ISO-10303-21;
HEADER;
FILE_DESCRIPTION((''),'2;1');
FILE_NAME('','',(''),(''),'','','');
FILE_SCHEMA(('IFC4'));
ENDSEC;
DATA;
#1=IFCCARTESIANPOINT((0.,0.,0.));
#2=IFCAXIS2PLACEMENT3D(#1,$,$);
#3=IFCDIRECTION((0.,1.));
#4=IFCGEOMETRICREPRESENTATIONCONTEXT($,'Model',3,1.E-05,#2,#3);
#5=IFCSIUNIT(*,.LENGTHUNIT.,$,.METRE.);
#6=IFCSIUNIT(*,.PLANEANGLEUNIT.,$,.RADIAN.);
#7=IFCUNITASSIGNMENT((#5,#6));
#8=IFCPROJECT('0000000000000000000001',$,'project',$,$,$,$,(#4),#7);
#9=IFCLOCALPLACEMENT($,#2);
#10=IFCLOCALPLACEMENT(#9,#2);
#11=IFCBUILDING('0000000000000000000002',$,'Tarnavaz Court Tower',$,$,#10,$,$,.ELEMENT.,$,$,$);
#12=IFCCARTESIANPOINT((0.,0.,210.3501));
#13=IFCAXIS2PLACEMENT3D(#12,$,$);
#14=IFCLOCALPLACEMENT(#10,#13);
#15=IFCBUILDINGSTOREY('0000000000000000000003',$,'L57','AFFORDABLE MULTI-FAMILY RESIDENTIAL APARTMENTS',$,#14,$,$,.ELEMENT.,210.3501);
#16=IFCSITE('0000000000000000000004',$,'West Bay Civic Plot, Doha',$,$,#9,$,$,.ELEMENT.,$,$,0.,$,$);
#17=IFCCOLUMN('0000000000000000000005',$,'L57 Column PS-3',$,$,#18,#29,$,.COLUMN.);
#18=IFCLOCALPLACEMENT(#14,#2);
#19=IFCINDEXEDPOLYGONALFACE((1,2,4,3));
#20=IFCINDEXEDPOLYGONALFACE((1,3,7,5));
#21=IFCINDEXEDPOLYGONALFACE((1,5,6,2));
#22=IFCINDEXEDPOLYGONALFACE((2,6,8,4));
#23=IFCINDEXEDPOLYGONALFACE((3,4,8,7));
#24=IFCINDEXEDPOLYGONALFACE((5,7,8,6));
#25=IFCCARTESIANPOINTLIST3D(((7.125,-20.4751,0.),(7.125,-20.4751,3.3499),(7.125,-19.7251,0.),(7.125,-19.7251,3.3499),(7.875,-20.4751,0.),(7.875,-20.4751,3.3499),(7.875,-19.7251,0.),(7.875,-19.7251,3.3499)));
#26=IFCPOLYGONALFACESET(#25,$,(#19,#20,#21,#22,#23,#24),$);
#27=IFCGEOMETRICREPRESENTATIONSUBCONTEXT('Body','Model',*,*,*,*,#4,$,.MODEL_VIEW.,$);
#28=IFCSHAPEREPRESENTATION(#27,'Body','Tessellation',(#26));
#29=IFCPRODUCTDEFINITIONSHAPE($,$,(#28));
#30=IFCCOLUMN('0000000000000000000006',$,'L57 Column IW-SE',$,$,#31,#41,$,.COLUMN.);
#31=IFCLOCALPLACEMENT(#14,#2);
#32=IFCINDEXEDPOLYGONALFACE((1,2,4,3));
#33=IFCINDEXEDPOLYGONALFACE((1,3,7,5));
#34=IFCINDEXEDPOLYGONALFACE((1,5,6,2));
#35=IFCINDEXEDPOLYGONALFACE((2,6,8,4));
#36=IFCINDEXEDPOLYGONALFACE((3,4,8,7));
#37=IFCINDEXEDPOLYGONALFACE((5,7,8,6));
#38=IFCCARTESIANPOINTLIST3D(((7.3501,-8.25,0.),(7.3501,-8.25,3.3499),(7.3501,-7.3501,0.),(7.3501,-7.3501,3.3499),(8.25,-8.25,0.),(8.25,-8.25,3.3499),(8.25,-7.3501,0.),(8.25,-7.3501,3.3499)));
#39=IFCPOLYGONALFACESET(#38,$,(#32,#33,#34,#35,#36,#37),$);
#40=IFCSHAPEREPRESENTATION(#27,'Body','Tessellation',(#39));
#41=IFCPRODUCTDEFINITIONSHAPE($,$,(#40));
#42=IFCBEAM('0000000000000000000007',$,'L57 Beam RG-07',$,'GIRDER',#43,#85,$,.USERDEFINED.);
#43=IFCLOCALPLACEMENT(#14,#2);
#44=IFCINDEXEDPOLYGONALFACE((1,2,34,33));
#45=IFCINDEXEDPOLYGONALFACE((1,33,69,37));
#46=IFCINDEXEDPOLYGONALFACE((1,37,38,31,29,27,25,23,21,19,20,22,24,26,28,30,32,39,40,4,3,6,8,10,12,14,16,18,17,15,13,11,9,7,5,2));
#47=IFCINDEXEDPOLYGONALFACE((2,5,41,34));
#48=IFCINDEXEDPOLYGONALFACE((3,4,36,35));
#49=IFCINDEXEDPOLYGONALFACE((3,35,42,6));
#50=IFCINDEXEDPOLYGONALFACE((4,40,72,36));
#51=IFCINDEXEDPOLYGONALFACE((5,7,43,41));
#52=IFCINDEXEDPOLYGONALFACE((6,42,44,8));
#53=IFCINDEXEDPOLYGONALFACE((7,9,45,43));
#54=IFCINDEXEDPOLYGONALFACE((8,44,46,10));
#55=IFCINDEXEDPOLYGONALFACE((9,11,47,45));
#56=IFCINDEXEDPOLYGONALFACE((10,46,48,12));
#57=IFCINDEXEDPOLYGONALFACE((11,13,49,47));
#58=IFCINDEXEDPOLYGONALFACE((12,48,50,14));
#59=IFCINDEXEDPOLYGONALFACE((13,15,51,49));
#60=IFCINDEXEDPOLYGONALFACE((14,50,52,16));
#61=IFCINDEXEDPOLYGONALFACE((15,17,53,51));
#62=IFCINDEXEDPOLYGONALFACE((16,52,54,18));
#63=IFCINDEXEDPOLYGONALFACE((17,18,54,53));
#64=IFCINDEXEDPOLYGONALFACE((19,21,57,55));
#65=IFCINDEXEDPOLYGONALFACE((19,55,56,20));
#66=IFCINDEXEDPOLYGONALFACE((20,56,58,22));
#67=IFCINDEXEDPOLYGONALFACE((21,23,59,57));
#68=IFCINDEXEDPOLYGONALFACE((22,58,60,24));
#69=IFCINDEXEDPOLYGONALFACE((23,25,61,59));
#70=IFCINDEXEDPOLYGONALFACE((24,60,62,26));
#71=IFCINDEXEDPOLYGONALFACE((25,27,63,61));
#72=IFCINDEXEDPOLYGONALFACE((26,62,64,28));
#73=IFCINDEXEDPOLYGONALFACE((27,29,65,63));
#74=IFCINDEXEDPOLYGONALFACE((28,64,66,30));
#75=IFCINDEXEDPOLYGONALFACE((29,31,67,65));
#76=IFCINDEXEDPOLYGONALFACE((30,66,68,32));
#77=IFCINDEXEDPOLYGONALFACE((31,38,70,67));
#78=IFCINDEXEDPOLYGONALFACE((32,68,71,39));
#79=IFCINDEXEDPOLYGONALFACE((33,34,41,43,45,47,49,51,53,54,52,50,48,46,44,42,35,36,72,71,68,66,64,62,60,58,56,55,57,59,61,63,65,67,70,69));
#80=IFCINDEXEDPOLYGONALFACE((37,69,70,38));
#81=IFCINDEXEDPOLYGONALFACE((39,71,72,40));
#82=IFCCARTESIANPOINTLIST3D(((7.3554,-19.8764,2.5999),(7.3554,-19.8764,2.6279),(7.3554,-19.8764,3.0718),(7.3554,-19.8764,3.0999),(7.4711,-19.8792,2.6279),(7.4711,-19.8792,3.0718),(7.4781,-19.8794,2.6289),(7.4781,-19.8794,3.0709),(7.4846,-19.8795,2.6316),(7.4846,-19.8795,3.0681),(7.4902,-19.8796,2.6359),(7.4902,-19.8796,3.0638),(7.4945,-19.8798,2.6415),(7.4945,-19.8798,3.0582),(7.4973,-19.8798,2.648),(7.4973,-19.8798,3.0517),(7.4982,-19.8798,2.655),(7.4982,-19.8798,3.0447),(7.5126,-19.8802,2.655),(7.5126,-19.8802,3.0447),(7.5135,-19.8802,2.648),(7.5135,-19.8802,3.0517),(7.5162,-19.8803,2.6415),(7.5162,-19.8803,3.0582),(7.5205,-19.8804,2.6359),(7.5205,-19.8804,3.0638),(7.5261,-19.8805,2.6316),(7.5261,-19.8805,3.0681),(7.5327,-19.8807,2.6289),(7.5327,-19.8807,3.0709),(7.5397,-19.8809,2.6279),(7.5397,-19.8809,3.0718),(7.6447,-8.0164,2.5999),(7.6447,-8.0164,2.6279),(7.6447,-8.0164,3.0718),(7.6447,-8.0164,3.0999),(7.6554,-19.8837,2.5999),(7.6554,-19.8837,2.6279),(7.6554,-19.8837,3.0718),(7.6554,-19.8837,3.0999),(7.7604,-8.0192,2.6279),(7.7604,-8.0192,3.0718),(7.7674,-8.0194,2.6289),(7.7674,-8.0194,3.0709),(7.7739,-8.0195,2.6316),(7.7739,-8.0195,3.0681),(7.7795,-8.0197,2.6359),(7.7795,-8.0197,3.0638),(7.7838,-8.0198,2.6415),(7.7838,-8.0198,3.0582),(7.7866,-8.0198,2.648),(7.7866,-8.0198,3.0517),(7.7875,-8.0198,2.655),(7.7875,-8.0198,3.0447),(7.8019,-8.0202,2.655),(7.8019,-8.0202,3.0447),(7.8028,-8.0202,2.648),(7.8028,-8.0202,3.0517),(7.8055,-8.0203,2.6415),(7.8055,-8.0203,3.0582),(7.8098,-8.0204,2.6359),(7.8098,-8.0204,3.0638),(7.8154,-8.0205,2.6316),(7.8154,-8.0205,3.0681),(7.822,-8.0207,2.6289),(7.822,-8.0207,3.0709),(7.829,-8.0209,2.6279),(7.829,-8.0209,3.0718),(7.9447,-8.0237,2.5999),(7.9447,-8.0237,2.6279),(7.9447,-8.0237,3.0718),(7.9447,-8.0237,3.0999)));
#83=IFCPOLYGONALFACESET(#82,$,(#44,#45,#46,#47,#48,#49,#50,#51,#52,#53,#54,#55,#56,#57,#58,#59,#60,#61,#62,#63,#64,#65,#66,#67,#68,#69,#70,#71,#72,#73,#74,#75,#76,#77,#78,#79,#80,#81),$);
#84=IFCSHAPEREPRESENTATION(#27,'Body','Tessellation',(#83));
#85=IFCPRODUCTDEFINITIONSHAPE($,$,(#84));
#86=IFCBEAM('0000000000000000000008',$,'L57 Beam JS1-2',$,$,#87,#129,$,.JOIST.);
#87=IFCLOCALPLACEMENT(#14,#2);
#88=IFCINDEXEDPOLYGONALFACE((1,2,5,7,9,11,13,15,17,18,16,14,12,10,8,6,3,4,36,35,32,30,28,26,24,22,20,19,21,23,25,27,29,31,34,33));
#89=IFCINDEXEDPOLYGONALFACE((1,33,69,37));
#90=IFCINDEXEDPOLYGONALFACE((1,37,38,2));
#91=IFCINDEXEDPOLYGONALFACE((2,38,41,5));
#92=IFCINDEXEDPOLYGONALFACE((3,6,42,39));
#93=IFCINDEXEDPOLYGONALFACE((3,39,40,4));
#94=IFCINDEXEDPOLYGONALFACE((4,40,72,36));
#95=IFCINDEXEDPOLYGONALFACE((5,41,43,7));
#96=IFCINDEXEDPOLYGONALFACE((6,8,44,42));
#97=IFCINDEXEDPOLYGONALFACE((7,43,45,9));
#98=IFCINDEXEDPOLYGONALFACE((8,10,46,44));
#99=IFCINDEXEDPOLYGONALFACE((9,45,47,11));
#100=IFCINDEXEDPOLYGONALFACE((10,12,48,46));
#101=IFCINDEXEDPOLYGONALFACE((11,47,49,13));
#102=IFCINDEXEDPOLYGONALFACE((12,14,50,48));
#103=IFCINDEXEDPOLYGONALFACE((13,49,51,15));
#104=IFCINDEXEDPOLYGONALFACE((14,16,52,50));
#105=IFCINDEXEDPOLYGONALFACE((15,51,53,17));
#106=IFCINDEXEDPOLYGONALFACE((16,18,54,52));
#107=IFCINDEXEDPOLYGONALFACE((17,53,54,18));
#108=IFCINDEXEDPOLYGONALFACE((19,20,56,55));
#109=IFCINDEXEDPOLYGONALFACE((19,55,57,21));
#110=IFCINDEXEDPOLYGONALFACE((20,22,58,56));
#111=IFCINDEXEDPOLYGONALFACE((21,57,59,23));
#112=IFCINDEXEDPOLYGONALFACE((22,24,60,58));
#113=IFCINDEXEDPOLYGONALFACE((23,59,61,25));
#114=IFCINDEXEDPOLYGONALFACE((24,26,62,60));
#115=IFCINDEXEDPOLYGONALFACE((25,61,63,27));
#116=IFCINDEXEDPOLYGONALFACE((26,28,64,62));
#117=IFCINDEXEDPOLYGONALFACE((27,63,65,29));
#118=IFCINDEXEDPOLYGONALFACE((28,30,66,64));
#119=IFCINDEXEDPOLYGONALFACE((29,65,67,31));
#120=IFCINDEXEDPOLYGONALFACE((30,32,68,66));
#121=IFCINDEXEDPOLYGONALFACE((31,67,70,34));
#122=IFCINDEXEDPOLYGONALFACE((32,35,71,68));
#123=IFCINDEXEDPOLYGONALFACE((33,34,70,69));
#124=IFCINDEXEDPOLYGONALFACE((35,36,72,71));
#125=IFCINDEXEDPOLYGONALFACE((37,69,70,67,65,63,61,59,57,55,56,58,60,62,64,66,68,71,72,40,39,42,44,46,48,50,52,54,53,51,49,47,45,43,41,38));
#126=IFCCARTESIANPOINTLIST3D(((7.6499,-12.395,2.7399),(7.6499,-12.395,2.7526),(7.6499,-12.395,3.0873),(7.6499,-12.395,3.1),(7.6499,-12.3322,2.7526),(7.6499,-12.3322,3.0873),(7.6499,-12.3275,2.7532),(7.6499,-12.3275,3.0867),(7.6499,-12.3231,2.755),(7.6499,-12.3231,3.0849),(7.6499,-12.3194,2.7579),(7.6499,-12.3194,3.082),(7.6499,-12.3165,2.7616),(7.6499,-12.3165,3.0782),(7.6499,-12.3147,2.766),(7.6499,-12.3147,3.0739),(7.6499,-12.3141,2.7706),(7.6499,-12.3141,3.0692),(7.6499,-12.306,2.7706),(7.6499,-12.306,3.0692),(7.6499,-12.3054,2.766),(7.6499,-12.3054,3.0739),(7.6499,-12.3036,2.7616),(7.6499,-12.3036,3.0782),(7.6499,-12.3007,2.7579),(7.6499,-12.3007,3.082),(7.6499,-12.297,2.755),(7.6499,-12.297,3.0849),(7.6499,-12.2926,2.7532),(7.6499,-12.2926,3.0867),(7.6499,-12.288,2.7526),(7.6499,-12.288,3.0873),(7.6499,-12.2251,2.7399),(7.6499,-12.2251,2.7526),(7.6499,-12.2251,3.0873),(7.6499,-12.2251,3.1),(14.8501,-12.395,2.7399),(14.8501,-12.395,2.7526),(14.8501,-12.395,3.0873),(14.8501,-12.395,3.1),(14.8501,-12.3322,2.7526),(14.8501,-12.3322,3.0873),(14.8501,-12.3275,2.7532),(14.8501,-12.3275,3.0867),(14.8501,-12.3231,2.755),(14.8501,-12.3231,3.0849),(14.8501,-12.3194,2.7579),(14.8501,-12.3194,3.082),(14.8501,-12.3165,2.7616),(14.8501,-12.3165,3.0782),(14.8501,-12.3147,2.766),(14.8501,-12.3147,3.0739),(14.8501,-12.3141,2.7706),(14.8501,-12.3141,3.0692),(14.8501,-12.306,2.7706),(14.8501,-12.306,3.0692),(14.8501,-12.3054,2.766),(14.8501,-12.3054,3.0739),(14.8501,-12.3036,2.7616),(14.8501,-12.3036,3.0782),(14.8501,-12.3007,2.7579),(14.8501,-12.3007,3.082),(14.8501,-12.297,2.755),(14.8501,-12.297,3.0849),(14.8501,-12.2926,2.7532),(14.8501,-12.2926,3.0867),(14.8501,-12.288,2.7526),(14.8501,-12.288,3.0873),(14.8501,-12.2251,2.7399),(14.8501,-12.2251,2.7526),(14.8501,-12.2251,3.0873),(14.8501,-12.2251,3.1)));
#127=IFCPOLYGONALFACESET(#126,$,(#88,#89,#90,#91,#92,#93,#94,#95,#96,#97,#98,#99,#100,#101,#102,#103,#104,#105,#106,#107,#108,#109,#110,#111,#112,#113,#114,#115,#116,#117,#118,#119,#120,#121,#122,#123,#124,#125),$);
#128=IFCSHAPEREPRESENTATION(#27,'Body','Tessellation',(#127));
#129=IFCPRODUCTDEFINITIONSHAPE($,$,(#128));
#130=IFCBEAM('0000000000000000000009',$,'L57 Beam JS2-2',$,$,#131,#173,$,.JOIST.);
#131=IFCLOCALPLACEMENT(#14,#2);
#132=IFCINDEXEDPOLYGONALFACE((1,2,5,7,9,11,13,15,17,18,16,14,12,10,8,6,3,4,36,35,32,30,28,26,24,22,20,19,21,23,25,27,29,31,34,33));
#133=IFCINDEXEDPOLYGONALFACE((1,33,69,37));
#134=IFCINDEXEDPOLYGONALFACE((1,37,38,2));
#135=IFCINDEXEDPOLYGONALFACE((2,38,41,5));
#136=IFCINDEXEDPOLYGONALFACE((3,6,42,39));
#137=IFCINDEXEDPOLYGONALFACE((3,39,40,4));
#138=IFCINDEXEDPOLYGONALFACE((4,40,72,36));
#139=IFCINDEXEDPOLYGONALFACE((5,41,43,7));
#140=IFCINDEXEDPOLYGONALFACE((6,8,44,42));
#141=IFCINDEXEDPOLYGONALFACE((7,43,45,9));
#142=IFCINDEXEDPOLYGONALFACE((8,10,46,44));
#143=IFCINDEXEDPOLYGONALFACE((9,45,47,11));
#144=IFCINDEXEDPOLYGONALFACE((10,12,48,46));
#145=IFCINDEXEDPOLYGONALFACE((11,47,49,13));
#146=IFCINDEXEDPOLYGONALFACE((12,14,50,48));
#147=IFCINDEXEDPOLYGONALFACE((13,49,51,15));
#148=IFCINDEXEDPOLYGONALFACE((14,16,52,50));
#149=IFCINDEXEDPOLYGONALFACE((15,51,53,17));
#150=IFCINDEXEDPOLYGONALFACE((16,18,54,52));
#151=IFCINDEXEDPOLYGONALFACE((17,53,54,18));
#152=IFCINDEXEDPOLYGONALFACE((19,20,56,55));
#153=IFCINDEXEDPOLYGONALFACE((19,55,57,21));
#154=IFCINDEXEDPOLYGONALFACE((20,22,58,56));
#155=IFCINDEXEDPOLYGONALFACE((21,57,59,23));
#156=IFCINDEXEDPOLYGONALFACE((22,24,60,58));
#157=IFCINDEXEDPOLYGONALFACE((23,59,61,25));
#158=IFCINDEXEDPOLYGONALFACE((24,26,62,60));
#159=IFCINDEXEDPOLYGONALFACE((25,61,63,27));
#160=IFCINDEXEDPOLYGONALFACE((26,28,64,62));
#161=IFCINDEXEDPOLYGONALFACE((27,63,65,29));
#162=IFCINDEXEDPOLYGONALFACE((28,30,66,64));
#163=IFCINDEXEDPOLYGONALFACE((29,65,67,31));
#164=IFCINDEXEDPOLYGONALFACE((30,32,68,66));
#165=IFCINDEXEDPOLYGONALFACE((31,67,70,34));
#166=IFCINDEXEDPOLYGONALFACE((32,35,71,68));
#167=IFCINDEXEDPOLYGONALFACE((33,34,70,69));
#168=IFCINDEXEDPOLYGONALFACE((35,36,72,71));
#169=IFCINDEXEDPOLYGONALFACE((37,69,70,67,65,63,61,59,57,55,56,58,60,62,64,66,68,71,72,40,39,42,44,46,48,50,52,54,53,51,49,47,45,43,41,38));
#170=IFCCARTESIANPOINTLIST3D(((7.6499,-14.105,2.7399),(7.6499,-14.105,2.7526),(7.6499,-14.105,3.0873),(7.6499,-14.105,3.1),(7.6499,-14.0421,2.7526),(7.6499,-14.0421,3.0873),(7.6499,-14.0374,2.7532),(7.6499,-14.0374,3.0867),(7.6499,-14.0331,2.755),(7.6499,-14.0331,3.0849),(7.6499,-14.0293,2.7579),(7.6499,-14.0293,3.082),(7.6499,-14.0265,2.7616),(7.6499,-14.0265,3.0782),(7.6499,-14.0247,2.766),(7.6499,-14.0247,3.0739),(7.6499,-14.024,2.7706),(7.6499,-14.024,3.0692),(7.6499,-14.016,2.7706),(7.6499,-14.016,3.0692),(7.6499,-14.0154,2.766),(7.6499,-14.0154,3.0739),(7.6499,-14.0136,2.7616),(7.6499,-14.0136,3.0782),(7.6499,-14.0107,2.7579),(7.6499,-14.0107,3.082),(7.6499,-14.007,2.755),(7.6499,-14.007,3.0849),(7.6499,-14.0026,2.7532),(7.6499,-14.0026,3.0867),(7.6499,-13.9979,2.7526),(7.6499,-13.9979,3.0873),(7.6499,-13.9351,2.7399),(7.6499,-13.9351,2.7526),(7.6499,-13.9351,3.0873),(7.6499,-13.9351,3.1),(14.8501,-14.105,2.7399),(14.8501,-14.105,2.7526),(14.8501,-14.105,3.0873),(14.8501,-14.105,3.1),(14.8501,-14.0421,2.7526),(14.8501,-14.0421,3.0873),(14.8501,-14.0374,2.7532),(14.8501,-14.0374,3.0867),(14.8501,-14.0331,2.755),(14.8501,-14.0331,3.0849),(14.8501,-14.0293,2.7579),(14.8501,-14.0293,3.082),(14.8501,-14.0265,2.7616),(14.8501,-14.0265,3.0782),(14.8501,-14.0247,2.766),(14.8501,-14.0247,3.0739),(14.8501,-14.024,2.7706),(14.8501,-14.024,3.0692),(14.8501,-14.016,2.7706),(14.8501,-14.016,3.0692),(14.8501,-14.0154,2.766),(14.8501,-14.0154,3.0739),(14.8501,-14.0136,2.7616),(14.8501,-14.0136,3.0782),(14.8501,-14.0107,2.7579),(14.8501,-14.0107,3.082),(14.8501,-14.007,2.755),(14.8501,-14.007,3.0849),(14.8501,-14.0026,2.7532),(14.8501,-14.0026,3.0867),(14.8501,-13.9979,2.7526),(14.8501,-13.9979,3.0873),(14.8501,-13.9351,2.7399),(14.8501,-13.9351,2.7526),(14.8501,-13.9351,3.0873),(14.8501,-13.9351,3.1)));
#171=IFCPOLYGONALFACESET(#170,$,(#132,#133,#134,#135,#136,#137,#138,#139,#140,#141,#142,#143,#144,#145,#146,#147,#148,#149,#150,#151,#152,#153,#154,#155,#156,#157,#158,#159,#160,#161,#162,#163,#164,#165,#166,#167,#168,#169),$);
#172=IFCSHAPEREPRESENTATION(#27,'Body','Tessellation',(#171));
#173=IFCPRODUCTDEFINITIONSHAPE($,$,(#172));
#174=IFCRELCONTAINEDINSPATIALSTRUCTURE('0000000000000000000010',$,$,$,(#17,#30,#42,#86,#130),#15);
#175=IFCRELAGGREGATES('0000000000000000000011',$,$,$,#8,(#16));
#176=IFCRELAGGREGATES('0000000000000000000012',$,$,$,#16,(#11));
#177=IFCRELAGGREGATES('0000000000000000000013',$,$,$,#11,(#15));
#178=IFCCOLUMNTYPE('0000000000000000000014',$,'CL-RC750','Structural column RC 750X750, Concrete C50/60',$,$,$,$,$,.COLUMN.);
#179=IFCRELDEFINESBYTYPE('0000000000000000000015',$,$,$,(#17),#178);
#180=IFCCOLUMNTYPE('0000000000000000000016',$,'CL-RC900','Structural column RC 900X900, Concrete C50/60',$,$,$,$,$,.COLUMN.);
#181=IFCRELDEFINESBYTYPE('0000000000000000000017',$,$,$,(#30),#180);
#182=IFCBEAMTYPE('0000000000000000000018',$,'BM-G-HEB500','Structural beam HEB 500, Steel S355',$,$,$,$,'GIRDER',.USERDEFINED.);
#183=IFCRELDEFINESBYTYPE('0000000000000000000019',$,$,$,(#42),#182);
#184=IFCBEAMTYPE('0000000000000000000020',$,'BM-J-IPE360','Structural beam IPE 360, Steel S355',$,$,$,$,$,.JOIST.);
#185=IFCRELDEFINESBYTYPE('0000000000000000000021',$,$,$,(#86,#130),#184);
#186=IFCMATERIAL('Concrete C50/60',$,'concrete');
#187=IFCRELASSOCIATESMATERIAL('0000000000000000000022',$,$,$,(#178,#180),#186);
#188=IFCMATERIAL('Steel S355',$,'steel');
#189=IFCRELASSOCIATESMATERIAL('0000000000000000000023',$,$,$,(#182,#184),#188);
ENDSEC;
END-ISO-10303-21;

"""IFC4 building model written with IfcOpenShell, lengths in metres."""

from ifc_helpers import new_model, si_unit, direction, frame, origin, origin_2d, place, context, subcontext, project, spatial, rectangle, i_section, extrude, material, material_profile, profile_set, type_object, element, save


model = new_model("IFC4")

# Units and contexts
model_context = context("Model", 3, precision=1e-05, world=origin(), true_north=direction((0.0, 1.0)))
body_context = subcontext(model_context, "Body", "Model", "MODEL_VIEW")
ifc_project = project(units=[si_unit("LENGTHUNIT", "METRE"), si_unit("PLANEANGLEUNIT", "RADIAN")], contexts=[model_context])

# Site, building, storey
site_placement = place(None, origin())
site = spatial("IfcSite", under=ifc_project, at=site_placement, Name="West Bay Civic Plot, Doha", CompositionType="ELEMENT", RefElevation=0.0)
building_placement = place(site_placement, origin())
building = spatial("IfcBuilding", under=site, at=building_placement, Name="Tarnavaz Court Tower", CompositionType="ELEMENT")
storey_placement = place(building_placement, frame((0.0, 0.0, 210.3501)))
storey = spatial("IfcBuildingStorey", under=building, at=storey_placement, Name="L57", Description="AFFORDABLE MULTI-FAMILY RESIDENTIAL APARTMENTS", CompositionType="ELEMENT", Elevation=210.3501)

# Columns
ifc_material_1 = material(Name="Concrete C50/60", Category="concrete")
ifc_material_profile_1 = material_profile(ifc_material_1, rectangle(XDim=0.75, YDim=0.75, at=origin_2d()), Name="RC 750X750")
ifc_profile_set_1 = profile_set([ifc_material_profile_1], Name="Concrete C50/60")
column_type_1 = type_object("IfcColumnType", Name="CL-RC750", Description="Structural column RC 750X750, Concrete C50/60", PredefinedType="COLUMN", material=ifc_profile_set_1)
column_1_placement = place(storey_placement, frame((7.5, -20.1001, 0.0), z_axis=(0.0, 0.0, 1.0), x_axis=(1.0, 0.0, 0.0)))
element("IfcColumn", 1, at=column_1_placement, inside=storey, type_object=column_type_1, Name="L57 Column PS-3", PredefinedType="COLUMN", context=body_context, shape_type="SweptSolid", body=[
    extrude(rectangle(XDim=0.75, YDim=0.75, at=origin_2d()), origin(), (0.0, 0.0, 1.0), 3.3499),
])
ifc_material_profile_2 = material_profile(ifc_material_1, rectangle(XDim=0.8999, YDim=0.8999, at=origin_2d()), Name="RC 900X900")
ifc_profile_set_2 = profile_set([ifc_material_profile_2], Name="Concrete C50/60")
column_type_2 = type_object("IfcColumnType", Name="CL-RC900", Description="Structural column RC 900X900, Concrete C50/60", PredefinedType="COLUMN", material=ifc_profile_set_2)
column_2_placement = place(storey_placement, frame((7.8, -7.8, 0.0), z_axis=(0.0, 0.0, 1.0), x_axis=(1.0, 0.0, 0.0)))
element("IfcColumn", 2, at=column_2_placement, inside=storey, type_object=column_type_2, Name="L57 Column IW-SE", PredefinedType="COLUMN", context=body_context, shape_type="SweptSolid", body=[
    extrude(rectangle(XDim=0.8999, YDim=0.8999, at=origin_2d()), origin(), (0.0, 0.0, 1.0), 3.3499),
])

# Beams
ifc_material_2 = material(Name="Steel S355", Category="steel")
ifc_material_profile_3 = material_profile(ifc_material_2, i_section(OverallWidth=0.3, OverallDepth=0.5, WebThickness=0.0144, FlangeThickness=0.0281, FilletRadius=0.0271, at=origin_2d()), Name="HEB 500")
ifc_profile_set_3 = profile_set([ifc_material_profile_3], Name="Steel S355")
beam_type_1 = type_object("IfcBeamType", Name="BM-G-HEB500", Description="Structural beam HEB 500, Steel S355", ElementType="GIRDER", PredefinedType="USERDEFINED", material=ifc_profile_set_3)
beam_1_placement = place(storey_placement, frame((7.7947, -8.02, 2.8499), z_axis=(-0.024386, -0.999703, 0.0), x_axis=(0.999703, -0.024386, 0.0)))
element("IfcBeam", 3, at=beam_1_placement, inside=storey, type_object=beam_type_1, Name="L57 Beam RG-07", ObjectType="GIRDER", PredefinedType="USERDEFINED", context=body_context, shape_type="SweptSolid", body=[
    extrude(i_section(OverallWidth=0.3, OverallDepth=0.5, WebThickness=0.0144, FlangeThickness=0.0281, FilletRadius=0.0271, at=origin_2d()), origin(), (0.0, 0.0, 1.0), 11.8635),
])
ifc_material_profile_4 = material_profile(ifc_material_2, i_section(OverallWidth=0.1699, OverallDepth=0.3601, WebThickness=0.0081, FlangeThickness=0.0127, FilletRadius=0.0181, at=origin_2d()), Name="IPE 360")
ifc_profile_set_4 = profile_set([ifc_material_profile_4], Name="Steel S355")
beam_type_2 = type_object("IfcBeamType", Name="BM-J-IPE360", Description="Structural beam IPE 360, Steel S355", PredefinedType="JOIST", material=ifc_profile_set_4)
for number, where, z_axis, x_axis, name in (
    (4, (7.6499, -12.3101, 2.9199), (1.0, 0.0, 0.0), (0.0, 1.0, 0.0), "L57 Beam JS1-2"),
    (5, (7.6499, -14.02, 2.9199), (1.0, 0.0, 0.0), (0.0, 1.0, 0.0), "L57 Beam JS2-2"),
):
    element("IfcBeam", number, at=place(storey_placement, frame(where, z_axis=z_axis, x_axis=x_axis)), inside=storey, type_object=beam_type_2, Name=name, PredefinedType="JOIST", context=body_context, shape_type="SweptSolid", body=[
        extrude(i_section(OverallWidth=0.1699, OverallDepth=0.3601, WebThickness=0.0081, FlangeThickness=0.0127, FilletRadius=0.0181, at=origin_2d()), origin(), (0.0, 0.0, 1.0), 7.2002),
    ])

save(model, "model.ifc")
